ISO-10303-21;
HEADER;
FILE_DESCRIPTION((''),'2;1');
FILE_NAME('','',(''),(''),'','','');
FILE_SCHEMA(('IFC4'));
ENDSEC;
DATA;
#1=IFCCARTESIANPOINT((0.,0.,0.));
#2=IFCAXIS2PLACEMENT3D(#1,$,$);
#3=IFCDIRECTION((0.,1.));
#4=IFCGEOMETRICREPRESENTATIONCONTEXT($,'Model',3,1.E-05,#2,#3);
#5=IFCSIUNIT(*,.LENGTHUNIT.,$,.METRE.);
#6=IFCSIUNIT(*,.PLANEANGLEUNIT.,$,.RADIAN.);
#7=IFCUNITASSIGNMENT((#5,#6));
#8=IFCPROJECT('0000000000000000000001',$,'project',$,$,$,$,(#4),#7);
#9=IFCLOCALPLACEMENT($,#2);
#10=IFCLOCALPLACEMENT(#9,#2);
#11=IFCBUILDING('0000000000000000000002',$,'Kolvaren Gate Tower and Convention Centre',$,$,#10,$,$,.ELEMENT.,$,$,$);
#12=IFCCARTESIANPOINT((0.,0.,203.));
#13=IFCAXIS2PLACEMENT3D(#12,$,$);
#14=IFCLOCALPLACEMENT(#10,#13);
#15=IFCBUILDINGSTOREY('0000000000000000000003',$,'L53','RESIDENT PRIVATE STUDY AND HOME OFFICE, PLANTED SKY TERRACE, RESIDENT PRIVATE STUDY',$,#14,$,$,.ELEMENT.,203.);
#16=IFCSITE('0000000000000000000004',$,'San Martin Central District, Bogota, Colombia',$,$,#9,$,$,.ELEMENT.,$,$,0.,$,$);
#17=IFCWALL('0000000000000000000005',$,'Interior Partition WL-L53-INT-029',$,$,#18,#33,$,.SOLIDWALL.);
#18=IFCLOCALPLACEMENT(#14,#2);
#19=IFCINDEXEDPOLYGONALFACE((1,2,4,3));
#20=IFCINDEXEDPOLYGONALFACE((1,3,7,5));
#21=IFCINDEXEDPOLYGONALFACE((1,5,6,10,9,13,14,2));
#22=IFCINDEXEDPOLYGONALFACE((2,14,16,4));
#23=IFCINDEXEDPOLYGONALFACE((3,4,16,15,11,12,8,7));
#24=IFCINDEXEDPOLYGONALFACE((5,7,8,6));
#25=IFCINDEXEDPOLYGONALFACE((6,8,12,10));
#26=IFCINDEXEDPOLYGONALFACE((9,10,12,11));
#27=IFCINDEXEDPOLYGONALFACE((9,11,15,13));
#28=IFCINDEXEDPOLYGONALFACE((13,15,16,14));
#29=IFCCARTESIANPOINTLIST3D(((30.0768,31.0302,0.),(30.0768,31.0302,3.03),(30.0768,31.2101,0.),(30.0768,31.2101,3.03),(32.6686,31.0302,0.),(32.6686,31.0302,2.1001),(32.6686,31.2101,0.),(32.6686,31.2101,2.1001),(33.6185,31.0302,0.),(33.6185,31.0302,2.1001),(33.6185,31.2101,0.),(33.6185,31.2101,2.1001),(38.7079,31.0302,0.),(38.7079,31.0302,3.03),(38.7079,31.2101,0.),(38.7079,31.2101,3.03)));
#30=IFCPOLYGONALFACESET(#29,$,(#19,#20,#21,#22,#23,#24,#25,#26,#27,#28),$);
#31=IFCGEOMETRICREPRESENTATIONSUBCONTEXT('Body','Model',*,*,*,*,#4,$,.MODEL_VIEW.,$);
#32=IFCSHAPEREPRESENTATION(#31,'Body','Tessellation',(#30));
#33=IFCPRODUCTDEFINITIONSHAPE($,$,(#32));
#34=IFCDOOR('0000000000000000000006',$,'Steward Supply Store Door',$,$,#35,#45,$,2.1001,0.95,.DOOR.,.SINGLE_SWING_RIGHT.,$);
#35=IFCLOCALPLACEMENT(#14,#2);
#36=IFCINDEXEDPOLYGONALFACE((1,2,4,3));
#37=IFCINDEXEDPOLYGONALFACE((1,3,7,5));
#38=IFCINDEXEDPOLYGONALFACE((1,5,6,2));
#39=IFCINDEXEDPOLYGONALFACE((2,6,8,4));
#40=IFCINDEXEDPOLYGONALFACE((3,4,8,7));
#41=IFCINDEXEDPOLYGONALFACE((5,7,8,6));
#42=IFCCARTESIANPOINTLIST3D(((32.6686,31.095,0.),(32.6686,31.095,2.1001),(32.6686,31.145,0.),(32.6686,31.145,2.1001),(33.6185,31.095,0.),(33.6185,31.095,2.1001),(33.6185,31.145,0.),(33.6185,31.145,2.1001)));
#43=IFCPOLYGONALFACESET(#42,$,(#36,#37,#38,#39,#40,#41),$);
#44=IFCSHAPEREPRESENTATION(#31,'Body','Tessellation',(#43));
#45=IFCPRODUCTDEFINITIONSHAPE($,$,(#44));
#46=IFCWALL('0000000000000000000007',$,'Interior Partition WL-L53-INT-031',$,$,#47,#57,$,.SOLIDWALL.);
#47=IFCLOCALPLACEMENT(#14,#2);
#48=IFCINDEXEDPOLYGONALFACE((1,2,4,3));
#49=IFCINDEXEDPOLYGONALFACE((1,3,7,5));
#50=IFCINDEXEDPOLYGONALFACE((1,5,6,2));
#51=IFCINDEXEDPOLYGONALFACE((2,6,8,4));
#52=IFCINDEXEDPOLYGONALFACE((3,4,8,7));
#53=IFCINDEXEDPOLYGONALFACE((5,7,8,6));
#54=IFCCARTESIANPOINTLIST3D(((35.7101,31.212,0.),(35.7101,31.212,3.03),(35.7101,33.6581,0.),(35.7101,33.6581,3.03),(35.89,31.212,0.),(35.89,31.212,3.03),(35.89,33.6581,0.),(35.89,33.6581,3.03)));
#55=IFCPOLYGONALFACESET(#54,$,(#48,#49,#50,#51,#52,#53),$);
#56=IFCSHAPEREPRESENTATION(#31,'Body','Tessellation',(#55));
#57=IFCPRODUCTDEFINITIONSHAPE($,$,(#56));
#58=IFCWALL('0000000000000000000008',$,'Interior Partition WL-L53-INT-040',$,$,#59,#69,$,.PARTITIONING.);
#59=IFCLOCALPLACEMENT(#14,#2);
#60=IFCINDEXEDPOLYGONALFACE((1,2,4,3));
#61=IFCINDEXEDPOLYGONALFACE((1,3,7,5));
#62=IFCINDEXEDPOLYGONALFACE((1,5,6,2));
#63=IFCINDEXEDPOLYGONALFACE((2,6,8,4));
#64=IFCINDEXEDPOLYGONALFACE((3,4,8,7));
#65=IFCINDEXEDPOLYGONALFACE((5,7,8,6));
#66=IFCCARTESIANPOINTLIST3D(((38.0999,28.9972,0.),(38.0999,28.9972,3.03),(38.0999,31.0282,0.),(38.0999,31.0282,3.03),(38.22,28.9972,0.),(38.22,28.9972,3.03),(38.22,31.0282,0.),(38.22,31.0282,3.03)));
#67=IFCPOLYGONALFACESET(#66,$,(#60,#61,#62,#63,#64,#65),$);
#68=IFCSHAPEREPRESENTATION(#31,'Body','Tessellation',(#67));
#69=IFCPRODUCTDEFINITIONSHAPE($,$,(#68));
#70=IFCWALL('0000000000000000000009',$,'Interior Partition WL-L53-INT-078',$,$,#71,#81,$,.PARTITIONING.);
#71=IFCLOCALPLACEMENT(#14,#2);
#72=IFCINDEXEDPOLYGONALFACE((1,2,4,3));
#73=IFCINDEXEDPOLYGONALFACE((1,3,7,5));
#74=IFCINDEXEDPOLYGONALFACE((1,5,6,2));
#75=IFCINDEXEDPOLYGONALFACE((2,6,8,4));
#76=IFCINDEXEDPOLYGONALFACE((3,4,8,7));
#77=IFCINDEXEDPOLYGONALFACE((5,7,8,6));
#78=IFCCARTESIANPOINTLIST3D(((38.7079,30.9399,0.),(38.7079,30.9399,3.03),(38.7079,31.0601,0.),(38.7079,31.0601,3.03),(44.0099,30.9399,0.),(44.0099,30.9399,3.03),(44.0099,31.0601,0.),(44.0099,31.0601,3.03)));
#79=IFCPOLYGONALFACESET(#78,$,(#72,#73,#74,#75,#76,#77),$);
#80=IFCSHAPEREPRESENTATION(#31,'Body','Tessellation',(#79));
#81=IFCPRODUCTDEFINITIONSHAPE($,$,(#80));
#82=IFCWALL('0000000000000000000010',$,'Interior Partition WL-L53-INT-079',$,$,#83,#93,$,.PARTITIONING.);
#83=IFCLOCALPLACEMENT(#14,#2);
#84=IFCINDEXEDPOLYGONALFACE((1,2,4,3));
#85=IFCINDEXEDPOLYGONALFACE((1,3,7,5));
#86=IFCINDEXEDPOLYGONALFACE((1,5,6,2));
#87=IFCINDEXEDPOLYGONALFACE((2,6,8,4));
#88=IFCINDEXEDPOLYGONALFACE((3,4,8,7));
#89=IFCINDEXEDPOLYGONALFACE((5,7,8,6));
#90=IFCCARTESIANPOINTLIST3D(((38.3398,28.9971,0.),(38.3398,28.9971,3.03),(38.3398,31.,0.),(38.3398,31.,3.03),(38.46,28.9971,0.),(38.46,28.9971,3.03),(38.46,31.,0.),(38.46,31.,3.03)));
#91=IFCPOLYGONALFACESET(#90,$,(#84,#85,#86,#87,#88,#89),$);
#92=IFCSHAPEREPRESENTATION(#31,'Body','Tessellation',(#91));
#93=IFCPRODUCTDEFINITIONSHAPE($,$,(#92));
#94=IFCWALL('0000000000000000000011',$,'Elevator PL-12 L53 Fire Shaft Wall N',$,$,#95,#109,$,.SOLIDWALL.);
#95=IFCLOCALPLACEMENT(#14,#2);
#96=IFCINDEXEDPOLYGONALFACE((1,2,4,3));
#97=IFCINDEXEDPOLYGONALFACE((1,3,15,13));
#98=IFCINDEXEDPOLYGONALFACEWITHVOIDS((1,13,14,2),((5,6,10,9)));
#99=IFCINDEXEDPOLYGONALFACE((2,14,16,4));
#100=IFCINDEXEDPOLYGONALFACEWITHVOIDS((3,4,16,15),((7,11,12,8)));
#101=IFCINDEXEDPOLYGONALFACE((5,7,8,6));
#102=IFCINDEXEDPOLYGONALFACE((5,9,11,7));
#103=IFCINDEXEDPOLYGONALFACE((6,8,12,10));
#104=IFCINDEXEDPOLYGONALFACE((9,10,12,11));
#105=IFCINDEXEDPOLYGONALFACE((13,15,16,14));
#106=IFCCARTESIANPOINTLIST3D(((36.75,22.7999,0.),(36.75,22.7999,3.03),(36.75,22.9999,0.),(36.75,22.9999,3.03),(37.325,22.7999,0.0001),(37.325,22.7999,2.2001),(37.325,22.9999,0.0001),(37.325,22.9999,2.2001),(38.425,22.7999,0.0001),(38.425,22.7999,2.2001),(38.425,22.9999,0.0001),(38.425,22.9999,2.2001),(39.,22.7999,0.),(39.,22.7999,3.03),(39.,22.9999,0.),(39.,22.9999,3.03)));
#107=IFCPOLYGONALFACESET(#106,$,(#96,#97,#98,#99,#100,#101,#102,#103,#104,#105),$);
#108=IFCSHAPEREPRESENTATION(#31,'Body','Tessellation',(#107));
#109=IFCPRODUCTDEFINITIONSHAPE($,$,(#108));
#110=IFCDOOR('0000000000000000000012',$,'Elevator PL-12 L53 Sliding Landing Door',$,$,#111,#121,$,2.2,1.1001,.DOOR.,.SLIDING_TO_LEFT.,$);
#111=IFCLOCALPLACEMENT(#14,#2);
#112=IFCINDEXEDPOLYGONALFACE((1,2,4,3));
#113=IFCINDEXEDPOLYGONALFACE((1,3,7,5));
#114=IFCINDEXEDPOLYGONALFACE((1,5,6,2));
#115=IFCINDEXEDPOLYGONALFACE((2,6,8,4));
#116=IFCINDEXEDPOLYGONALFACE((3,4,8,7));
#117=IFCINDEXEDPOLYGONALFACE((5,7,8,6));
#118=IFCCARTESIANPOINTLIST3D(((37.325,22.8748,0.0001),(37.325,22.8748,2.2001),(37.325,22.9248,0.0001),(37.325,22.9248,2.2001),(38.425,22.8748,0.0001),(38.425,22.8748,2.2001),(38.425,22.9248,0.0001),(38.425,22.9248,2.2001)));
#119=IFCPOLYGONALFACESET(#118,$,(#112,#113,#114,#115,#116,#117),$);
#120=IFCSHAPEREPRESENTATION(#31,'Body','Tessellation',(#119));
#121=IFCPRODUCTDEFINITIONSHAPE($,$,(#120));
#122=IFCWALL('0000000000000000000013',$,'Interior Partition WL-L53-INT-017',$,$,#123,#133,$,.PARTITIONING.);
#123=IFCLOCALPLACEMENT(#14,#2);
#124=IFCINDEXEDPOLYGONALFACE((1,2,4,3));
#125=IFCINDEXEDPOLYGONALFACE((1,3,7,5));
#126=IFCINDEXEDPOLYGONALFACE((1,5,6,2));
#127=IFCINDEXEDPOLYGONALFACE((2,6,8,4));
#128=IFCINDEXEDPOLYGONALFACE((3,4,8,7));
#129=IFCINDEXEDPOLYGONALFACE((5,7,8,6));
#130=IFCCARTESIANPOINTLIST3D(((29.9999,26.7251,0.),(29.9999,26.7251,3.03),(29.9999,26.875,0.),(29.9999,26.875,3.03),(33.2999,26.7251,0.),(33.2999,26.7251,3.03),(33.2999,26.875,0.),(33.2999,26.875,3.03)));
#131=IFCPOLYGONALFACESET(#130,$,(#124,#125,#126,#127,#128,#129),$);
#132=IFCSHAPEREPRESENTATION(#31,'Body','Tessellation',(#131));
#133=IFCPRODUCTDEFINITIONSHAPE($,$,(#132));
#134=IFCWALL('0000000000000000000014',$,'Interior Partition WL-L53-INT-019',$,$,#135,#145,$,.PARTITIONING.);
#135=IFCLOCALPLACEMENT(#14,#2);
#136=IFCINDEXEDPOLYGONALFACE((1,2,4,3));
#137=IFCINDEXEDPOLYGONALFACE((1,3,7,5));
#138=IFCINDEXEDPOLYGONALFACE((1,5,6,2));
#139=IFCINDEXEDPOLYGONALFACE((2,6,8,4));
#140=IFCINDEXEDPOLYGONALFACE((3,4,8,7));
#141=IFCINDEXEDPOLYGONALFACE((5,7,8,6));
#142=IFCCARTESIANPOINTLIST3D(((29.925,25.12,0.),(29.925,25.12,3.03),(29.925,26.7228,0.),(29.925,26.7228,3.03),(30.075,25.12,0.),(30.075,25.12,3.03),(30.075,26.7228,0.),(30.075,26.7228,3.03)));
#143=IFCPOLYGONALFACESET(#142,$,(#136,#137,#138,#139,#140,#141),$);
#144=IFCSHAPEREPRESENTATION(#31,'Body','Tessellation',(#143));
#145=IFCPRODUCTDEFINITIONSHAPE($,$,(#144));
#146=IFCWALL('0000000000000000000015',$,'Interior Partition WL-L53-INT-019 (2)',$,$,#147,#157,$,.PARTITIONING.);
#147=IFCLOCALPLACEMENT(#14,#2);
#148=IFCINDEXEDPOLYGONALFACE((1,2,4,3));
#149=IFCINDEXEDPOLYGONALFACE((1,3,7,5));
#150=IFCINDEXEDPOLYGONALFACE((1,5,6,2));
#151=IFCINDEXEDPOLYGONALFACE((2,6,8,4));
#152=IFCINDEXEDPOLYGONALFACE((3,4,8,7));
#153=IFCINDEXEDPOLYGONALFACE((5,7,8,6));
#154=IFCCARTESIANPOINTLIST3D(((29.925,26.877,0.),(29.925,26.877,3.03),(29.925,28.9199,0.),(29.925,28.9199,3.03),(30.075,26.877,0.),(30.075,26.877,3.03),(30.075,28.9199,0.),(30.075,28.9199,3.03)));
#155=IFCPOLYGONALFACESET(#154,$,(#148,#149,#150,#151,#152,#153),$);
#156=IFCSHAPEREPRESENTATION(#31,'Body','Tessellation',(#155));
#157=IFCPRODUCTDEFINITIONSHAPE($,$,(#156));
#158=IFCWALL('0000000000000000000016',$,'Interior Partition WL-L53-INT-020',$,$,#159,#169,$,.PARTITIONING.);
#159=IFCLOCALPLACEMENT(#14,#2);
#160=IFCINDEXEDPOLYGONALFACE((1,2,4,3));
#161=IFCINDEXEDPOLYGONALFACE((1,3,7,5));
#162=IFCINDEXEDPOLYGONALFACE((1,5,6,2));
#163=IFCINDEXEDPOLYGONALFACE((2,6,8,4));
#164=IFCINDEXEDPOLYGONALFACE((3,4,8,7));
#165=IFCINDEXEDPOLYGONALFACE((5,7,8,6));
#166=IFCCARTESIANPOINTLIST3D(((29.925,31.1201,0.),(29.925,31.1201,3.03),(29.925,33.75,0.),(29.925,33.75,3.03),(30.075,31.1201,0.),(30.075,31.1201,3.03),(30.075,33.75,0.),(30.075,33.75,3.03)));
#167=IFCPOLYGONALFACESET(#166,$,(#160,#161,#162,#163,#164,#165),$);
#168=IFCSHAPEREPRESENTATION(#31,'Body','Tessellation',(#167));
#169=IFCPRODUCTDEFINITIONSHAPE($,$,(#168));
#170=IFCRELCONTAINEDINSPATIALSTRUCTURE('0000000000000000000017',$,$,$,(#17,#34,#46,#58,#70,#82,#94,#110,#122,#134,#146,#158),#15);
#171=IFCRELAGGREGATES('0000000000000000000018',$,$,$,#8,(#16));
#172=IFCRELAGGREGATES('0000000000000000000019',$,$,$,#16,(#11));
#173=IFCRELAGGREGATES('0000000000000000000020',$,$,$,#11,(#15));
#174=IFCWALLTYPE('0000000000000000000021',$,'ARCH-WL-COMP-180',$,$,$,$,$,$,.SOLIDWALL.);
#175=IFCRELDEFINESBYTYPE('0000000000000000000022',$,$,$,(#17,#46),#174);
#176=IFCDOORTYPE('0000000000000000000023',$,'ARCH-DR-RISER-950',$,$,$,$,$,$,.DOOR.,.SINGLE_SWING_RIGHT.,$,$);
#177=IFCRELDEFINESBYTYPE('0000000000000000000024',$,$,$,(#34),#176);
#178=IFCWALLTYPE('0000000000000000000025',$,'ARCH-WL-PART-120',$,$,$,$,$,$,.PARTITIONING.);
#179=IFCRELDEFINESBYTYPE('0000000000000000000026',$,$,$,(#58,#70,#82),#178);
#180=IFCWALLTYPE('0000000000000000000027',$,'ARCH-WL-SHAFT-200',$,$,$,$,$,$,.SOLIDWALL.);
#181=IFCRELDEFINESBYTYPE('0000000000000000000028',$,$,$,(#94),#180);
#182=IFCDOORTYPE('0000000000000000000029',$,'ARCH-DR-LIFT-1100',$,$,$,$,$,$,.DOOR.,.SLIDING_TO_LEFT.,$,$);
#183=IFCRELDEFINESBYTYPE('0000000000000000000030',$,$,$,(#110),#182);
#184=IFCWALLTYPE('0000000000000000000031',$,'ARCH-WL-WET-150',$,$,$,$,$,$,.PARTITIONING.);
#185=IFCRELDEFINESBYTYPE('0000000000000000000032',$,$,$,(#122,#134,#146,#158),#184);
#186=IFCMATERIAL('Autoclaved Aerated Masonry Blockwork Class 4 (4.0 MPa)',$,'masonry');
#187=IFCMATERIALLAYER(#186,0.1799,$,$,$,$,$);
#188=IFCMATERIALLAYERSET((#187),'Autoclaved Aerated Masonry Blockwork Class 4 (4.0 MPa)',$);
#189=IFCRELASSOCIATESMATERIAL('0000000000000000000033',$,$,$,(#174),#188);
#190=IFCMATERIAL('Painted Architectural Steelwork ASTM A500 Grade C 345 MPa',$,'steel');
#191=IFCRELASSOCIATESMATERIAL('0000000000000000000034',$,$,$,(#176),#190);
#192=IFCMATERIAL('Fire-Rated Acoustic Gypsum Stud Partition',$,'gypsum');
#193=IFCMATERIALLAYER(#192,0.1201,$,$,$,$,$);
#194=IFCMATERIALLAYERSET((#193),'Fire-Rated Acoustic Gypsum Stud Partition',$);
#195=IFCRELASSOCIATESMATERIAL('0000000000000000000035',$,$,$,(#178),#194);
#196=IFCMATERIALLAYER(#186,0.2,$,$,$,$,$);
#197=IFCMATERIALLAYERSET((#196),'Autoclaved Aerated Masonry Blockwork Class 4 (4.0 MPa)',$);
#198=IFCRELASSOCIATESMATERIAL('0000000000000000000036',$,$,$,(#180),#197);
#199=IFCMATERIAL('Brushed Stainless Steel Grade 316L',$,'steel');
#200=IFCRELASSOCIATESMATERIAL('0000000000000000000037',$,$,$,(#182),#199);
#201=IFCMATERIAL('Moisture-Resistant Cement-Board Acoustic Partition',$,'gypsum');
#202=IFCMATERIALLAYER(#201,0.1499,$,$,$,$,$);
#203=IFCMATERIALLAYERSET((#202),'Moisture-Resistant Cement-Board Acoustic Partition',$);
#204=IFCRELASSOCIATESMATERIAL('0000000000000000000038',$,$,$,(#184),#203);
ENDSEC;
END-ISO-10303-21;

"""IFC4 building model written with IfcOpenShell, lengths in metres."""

from ifc_helpers import new_model, si_unit, direction, frame, frame_2d, origin, place, context, subcontext, project, spatial, rectangle, extrude, material, layer, layer_set, type_object, element, fill, save


model = new_model("IFC4")

# Units and contexts
model_context = context("Model", 3, precision=1e-05, world=origin(), true_north=direction((0.0, 1.0)))
body_context = subcontext(model_context, "Body", "Model", "MODEL_VIEW")
ifc_project = project(units=[si_unit("LENGTHUNIT", "METRE"), si_unit("PLANEANGLEUNIT", "RADIAN")], contexts=[model_context])

# Site, building, storey
site_placement = place(None, origin())
site = spatial("IfcSite", under=ifc_project, at=site_placement, Name="San Martin Central District, Bogota, Colombia", CompositionType="ELEMENT", RefElevation=0.0)
building_placement = place(site_placement, origin())
building = spatial("IfcBuilding", under=site, at=building_placement, Name="Kolvaren Gate Tower and Convention Centre", CompositionType="ELEMENT")
storey_placement = place(building_placement, frame((0.0, 0.0, 203.0)))
storey = spatial("IfcBuildingStorey", under=building, at=storey_placement, Name="L53", Description="RESIDENT PRIVATE STUDY AND HOME OFFICE, PLANTED SKY TERRACE, RESIDENT PRIVATE STUDY", CompositionType="ELEMENT", Elevation=203.0)

# Wall, opening, door
ifc_material_1 = material(Name="Autoclaved Aerated Masonry Blockwork Class 4 (4.0 MPa)", Category="masonry")
ifc_layer_1 = layer(ifc_material_1, 0.1799)
ifc_layer_set_1 = layer_set([ifc_layer_1], Name="Autoclaved Aerated Masonry Blockwork Class 4 (4.0 MPa)")
wall_type_1 = type_object("IfcWallType", Name="ARCH-WL-COMP-180", PredefinedType="SOLIDWALL", material=ifc_layer_set_1)
wall_1_placement = place(storey_placement, frame((30.0769, 31.1201, 0.0), z_axis=(0.0, 0.0, 1.0), x_axis=(1.0, 0.0, 0.0)))
wall_1 = element("IfcWall", 1, at=wall_1_placement, inside=storey, type_object=wall_type_1, Name="Interior Partition WL-L53-INT-029", PredefinedType="SOLIDWALL", context=body_context, shape_type="SweptSolid", body=[
    extrude(rectangle(XDim=8.6311, YDim=0.1799, at=frame_2d((4.3154, 0.0))), origin(), (0.0, 0.0, 1.0), 3.03),
])
opening_1_placement = place(wall_1_placement, frame((2.5916, 0.0, 0.0)))
opening_1 = element("IfcOpeningElement", 2, at=opening_1_placement, cuts=wall_1, PredefinedType="OPENING", context=body_context, shape_type="SweptSolid", body=[
    extrude(rectangle(XDim=0.95, YDim=2.1001, at=frame_2d((0.4751, 1.05))), frame((0.0, 0.0999, 0.0), z_axis=(0.0, -1.0, 0.0), x_axis=(1.0, 0.0, 0.0)), (0.0, 0.0, 1.0), 0.2),
])
ifc_material_2 = material(Name="Painted Architectural Steelwork ASTM A500 Grade C 345 MPa", Category="steel")
door_type_1 = type_object("IfcDoorType", Name="ARCH-DR-RISER-950", OperationType="SINGLE_SWING_RIGHT", PredefinedType="DOOR", material=ifc_material_2)
door_1_placement = place(opening_1_placement, origin())
door_1 = element("IfcDoor", 3, at=door_1_placement, inside=storey, type_object=door_type_1, Name="Steward Supply Store Door", OperationType="SINGLE_SWING_RIGHT", OverallHeight=2.1001, OverallWidth=0.95, PredefinedType="DOOR", context=body_context, shape_type="SweptSolid", body=[
    extrude(rectangle(XDim=0.95, YDim=2.1001, at=frame_2d((0.4751, 1.05))), frame((0.0, 0.0249, 0.0), z_axis=(0.0, -1.0, 0.0), x_axis=(1.0, 0.0, 0.0)), (0.0, 0.0, 1.0), 0.05),
])
fill(opening_1, door_1)

# Walls
wall_2_placement = place(storey_placement, frame((35.8, 31.2119, 0.0), z_axis=(0.0, 0.0, 1.0), x_axis=(0.0, 1.0, 0.0)))
element("IfcWall", 4, at=wall_2_placement, inside=storey, type_object=wall_type_1, Name="Interior Partition WL-L53-INT-031", PredefinedType="SOLIDWALL", context=body_context, shape_type="SweptSolid", body=[
    extrude(rectangle(XDim=2.446, YDim=0.1799, at=frame_2d((1.2231, 0.0))), origin(), (0.0, 0.0, 1.0), 3.03),
])
ifc_material_3 = material(Name="Fire-Rated Acoustic Gypsum Stud Partition", Category="gypsum")
ifc_layer_2 = layer(ifc_material_3, 0.1201)
ifc_layer_set_2 = layer_set([ifc_layer_2], Name="Fire-Rated Acoustic Gypsum Stud Partition")
wall_type_2 = type_object("IfcWallType", Name="ARCH-WL-PART-120", PredefinedType="PARTITIONING", material=ifc_layer_set_2)
wall_3_placement = place(storey_placement, frame((38.1599, 28.9971, 0.0), z_axis=(0.0, 0.0, 1.0), x_axis=(0.0, 1.0, 0.0)))
element("IfcWall", 5, at=wall_3_placement, inside=storey, type_object=wall_type_2, Name="Interior Partition WL-L53-INT-040", PredefinedType="PARTITIONING", context=body_context, shape_type="SweptSolid", body=[
    extrude(rectangle(XDim=2.031, YDim=0.1201, at=frame_2d((1.0156, 0.0))), origin(), (0.0, 0.0, 1.0), 3.03),
])
wall_4_placement = place(storey_placement, frame((38.708, 31.0, 0.0), z_axis=(0.0, 0.0, 1.0), x_axis=(1.0, 0.0, 0.0)))
element("IfcWall", 6, at=wall_4_placement, inside=storey, type_object=wall_type_2, Name="Interior Partition WL-L53-INT-078", PredefinedType="PARTITIONING", context=body_context, shape_type="SweptSolid", body=[
    extrude(rectangle(XDim=5.302, YDim=0.1201, at=frame_2d((2.6509, 0.0))), origin(), (0.0, 0.0, 1.0), 3.03),
])
wall_5_placement = place(storey_placement, frame((38.3999, 28.9971, 0.0), z_axis=(0.0, 0.0, 1.0), x_axis=(0.0, 1.0, 0.0)))
element("IfcWall", 7, at=wall_5_placement, inside=storey, type_object=wall_type_2, Name="Interior Partition WL-L53-INT-079", PredefinedType="PARTITIONING", context=body_context, shape_type="SweptSolid", body=[
    extrude(rectangle(XDim=2.0029, YDim=0.1201, at=frame_2d((1.0015, 0.0))), origin(), (0.0, 0.0, 1.0), 3.03),
])

# Wall, opening, door
ifc_layer_3 = layer(ifc_material_1, 0.2)
ifc_layer_set_3 = layer_set([ifc_layer_3], Name="Autoclaved Aerated Masonry Blockwork Class 4 (4.0 MPa)")
wall_type_3 = type_object("IfcWallType", Name="ARCH-WL-SHAFT-200", PredefinedType="SOLIDWALL", material=ifc_layer_set_3)
wall_6_placement = place(storey_placement, frame((36.75, 22.8999, 0.0), z_axis=(0.0, 0.0, 1.0), x_axis=(1.0, 0.0, 0.0)))
wall_6 = element("IfcWall", 8, at=wall_6_placement, inside=storey, type_object=wall_type_3, Name="Elevator PL-12 L53 Fire Shaft Wall N", PredefinedType="SOLIDWALL", context=body_context, shape_type="SweptSolid", body=[
    extrude(rectangle(XDim=2.25, YDim=0.2, at=frame_2d((1.125, 0.0))), origin(), (0.0, 0.0, 1.0), 3.03),
])
opening_2_placement = place(wall_6_placement, frame((0.575, 0.0, 0.0)))
opening_2 = element("IfcOpeningElement", 9, at=opening_2_placement, cuts=wall_6, PredefinedType="OPENING", context=body_context, shape_type="SweptSolid", body=[
    extrude(rectangle(XDim=1.1001, YDim=2.2, at=frame_2d((0.55, 1.1001))), frame((0.0, 0.1099, 0.0), z_axis=(0.0, -1.0, 0.0), x_axis=(1.0, 0.0, 0.0)), (0.0, 0.0, 1.0), 0.22),
])
ifc_material_4 = material(Name="Brushed Stainless Steel Grade 316L", Category="steel")
door_type_2 = type_object("IfcDoorType", Name="ARCH-DR-LIFT-1100", OperationType="SLIDING_TO_LEFT", PredefinedType="DOOR", material=ifc_material_4)
door_2_placement = place(opening_2_placement, origin())
door_2 = element("IfcDoor", 10, at=door_2_placement, inside=storey, type_object=door_type_2, Name="Elevator PL-12 L53 Sliding Landing Door", OperationType="SLIDING_TO_LEFT", OverallHeight=2.2, OverallWidth=1.1001, PredefinedType="DOOR", context=body_context, shape_type="SweptSolid", body=[
    extrude(rectangle(XDim=1.1001, YDim=2.2, at=frame_2d((0.55, 1.1001))), frame((0.0, 0.0249, 0.0), z_axis=(0.0, -1.0, 0.0), x_axis=(1.0, 0.0, 0.0)), (0.0, 0.0, 1.0), 0.05),
])
fill(opening_2, door_2)

# Walls
ifc_material_5 = material(Name="Moisture-Resistant Cement-Board Acoustic Partition", Category="gypsum")
ifc_layer_4 = layer(ifc_material_5, 0.1499)
ifc_layer_set_4 = layer_set([ifc_layer_4], Name="Moisture-Resistant Cement-Board Acoustic Partition")
wall_type_4 = type_object("IfcWallType", Name="ARCH-WL-WET-150", PredefinedType="PARTITIONING", material=ifc_layer_set_4)
wall_7_placement = place(storey_placement, frame((30.0, 26.8, 0.0), z_axis=(0.0, 0.0, 1.0), x_axis=(1.0, 0.0, 0.0)))
element("IfcWall", 11, at=wall_7_placement, inside=storey, type_object=wall_type_4, Name="Interior Partition WL-L53-INT-017", PredefinedType="PARTITIONING", context=body_context, shape_type="SweptSolid", body=[
    extrude(rectangle(XDim=3.3, YDim=0.1499, at=frame_2d((1.6499, 0.0))), origin(), (0.0, 0.0, 1.0), 3.03),
])
wall_8_placement = place(storey_placement, frame((30.0, 25.1201, 0.0), z_axis=(0.0, 0.0, 1.0), x_axis=(0.0, 1.0, 0.0)))
element("IfcWall", 12, at=wall_8_placement, inside=storey, type_object=wall_type_4, Name="Interior Partition WL-L53-INT-019", PredefinedType="PARTITIONING", context=body_context, shape_type="SweptSolid", body=[
    extrude(rectangle(XDim=1.6028, YDim=0.1499, at=frame_2d((0.8013, 0.0))), origin(), (0.0, 0.0, 1.0), 3.03),
])
wall_9_placement = place(storey_placement, frame((30.0, 26.877, 0.0), z_axis=(0.0, 0.0, 1.0), x_axis=(0.0, 1.0, 0.0)))
element("IfcWall", 13, at=wall_9_placement, inside=storey, type_object=wall_type_4, Name="Interior Partition WL-L53-INT-019 (2)", PredefinedType="PARTITIONING", context=body_context, shape_type="SweptSolid", body=[
    extrude(rectangle(XDim=2.043, YDim=0.1499, at=frame_2d((1.0215, 0.0))), origin(), (0.0, 0.0, 1.0), 3.03),
])
wall_10_placement = place(storey_placement, frame((30.0, 31.1201, 0.0), z_axis=(0.0, 0.0, 1.0), x_axis=(0.0, 1.0, 0.0)))
element("IfcWall", 14, at=wall_10_placement, inside=storey, type_object=wall_type_4, Name="Interior Partition WL-L53-INT-020", PredefinedType="PARTITIONING", context=body_context, shape_type="SweptSolid", body=[
    extrude(rectangle(XDim=2.6299, YDim=0.1499, at=frame_2d((1.3149, 0.0))), origin(), (0.0, 0.0, 1.0), 3.03),
])

save(model, "model.ifc")
